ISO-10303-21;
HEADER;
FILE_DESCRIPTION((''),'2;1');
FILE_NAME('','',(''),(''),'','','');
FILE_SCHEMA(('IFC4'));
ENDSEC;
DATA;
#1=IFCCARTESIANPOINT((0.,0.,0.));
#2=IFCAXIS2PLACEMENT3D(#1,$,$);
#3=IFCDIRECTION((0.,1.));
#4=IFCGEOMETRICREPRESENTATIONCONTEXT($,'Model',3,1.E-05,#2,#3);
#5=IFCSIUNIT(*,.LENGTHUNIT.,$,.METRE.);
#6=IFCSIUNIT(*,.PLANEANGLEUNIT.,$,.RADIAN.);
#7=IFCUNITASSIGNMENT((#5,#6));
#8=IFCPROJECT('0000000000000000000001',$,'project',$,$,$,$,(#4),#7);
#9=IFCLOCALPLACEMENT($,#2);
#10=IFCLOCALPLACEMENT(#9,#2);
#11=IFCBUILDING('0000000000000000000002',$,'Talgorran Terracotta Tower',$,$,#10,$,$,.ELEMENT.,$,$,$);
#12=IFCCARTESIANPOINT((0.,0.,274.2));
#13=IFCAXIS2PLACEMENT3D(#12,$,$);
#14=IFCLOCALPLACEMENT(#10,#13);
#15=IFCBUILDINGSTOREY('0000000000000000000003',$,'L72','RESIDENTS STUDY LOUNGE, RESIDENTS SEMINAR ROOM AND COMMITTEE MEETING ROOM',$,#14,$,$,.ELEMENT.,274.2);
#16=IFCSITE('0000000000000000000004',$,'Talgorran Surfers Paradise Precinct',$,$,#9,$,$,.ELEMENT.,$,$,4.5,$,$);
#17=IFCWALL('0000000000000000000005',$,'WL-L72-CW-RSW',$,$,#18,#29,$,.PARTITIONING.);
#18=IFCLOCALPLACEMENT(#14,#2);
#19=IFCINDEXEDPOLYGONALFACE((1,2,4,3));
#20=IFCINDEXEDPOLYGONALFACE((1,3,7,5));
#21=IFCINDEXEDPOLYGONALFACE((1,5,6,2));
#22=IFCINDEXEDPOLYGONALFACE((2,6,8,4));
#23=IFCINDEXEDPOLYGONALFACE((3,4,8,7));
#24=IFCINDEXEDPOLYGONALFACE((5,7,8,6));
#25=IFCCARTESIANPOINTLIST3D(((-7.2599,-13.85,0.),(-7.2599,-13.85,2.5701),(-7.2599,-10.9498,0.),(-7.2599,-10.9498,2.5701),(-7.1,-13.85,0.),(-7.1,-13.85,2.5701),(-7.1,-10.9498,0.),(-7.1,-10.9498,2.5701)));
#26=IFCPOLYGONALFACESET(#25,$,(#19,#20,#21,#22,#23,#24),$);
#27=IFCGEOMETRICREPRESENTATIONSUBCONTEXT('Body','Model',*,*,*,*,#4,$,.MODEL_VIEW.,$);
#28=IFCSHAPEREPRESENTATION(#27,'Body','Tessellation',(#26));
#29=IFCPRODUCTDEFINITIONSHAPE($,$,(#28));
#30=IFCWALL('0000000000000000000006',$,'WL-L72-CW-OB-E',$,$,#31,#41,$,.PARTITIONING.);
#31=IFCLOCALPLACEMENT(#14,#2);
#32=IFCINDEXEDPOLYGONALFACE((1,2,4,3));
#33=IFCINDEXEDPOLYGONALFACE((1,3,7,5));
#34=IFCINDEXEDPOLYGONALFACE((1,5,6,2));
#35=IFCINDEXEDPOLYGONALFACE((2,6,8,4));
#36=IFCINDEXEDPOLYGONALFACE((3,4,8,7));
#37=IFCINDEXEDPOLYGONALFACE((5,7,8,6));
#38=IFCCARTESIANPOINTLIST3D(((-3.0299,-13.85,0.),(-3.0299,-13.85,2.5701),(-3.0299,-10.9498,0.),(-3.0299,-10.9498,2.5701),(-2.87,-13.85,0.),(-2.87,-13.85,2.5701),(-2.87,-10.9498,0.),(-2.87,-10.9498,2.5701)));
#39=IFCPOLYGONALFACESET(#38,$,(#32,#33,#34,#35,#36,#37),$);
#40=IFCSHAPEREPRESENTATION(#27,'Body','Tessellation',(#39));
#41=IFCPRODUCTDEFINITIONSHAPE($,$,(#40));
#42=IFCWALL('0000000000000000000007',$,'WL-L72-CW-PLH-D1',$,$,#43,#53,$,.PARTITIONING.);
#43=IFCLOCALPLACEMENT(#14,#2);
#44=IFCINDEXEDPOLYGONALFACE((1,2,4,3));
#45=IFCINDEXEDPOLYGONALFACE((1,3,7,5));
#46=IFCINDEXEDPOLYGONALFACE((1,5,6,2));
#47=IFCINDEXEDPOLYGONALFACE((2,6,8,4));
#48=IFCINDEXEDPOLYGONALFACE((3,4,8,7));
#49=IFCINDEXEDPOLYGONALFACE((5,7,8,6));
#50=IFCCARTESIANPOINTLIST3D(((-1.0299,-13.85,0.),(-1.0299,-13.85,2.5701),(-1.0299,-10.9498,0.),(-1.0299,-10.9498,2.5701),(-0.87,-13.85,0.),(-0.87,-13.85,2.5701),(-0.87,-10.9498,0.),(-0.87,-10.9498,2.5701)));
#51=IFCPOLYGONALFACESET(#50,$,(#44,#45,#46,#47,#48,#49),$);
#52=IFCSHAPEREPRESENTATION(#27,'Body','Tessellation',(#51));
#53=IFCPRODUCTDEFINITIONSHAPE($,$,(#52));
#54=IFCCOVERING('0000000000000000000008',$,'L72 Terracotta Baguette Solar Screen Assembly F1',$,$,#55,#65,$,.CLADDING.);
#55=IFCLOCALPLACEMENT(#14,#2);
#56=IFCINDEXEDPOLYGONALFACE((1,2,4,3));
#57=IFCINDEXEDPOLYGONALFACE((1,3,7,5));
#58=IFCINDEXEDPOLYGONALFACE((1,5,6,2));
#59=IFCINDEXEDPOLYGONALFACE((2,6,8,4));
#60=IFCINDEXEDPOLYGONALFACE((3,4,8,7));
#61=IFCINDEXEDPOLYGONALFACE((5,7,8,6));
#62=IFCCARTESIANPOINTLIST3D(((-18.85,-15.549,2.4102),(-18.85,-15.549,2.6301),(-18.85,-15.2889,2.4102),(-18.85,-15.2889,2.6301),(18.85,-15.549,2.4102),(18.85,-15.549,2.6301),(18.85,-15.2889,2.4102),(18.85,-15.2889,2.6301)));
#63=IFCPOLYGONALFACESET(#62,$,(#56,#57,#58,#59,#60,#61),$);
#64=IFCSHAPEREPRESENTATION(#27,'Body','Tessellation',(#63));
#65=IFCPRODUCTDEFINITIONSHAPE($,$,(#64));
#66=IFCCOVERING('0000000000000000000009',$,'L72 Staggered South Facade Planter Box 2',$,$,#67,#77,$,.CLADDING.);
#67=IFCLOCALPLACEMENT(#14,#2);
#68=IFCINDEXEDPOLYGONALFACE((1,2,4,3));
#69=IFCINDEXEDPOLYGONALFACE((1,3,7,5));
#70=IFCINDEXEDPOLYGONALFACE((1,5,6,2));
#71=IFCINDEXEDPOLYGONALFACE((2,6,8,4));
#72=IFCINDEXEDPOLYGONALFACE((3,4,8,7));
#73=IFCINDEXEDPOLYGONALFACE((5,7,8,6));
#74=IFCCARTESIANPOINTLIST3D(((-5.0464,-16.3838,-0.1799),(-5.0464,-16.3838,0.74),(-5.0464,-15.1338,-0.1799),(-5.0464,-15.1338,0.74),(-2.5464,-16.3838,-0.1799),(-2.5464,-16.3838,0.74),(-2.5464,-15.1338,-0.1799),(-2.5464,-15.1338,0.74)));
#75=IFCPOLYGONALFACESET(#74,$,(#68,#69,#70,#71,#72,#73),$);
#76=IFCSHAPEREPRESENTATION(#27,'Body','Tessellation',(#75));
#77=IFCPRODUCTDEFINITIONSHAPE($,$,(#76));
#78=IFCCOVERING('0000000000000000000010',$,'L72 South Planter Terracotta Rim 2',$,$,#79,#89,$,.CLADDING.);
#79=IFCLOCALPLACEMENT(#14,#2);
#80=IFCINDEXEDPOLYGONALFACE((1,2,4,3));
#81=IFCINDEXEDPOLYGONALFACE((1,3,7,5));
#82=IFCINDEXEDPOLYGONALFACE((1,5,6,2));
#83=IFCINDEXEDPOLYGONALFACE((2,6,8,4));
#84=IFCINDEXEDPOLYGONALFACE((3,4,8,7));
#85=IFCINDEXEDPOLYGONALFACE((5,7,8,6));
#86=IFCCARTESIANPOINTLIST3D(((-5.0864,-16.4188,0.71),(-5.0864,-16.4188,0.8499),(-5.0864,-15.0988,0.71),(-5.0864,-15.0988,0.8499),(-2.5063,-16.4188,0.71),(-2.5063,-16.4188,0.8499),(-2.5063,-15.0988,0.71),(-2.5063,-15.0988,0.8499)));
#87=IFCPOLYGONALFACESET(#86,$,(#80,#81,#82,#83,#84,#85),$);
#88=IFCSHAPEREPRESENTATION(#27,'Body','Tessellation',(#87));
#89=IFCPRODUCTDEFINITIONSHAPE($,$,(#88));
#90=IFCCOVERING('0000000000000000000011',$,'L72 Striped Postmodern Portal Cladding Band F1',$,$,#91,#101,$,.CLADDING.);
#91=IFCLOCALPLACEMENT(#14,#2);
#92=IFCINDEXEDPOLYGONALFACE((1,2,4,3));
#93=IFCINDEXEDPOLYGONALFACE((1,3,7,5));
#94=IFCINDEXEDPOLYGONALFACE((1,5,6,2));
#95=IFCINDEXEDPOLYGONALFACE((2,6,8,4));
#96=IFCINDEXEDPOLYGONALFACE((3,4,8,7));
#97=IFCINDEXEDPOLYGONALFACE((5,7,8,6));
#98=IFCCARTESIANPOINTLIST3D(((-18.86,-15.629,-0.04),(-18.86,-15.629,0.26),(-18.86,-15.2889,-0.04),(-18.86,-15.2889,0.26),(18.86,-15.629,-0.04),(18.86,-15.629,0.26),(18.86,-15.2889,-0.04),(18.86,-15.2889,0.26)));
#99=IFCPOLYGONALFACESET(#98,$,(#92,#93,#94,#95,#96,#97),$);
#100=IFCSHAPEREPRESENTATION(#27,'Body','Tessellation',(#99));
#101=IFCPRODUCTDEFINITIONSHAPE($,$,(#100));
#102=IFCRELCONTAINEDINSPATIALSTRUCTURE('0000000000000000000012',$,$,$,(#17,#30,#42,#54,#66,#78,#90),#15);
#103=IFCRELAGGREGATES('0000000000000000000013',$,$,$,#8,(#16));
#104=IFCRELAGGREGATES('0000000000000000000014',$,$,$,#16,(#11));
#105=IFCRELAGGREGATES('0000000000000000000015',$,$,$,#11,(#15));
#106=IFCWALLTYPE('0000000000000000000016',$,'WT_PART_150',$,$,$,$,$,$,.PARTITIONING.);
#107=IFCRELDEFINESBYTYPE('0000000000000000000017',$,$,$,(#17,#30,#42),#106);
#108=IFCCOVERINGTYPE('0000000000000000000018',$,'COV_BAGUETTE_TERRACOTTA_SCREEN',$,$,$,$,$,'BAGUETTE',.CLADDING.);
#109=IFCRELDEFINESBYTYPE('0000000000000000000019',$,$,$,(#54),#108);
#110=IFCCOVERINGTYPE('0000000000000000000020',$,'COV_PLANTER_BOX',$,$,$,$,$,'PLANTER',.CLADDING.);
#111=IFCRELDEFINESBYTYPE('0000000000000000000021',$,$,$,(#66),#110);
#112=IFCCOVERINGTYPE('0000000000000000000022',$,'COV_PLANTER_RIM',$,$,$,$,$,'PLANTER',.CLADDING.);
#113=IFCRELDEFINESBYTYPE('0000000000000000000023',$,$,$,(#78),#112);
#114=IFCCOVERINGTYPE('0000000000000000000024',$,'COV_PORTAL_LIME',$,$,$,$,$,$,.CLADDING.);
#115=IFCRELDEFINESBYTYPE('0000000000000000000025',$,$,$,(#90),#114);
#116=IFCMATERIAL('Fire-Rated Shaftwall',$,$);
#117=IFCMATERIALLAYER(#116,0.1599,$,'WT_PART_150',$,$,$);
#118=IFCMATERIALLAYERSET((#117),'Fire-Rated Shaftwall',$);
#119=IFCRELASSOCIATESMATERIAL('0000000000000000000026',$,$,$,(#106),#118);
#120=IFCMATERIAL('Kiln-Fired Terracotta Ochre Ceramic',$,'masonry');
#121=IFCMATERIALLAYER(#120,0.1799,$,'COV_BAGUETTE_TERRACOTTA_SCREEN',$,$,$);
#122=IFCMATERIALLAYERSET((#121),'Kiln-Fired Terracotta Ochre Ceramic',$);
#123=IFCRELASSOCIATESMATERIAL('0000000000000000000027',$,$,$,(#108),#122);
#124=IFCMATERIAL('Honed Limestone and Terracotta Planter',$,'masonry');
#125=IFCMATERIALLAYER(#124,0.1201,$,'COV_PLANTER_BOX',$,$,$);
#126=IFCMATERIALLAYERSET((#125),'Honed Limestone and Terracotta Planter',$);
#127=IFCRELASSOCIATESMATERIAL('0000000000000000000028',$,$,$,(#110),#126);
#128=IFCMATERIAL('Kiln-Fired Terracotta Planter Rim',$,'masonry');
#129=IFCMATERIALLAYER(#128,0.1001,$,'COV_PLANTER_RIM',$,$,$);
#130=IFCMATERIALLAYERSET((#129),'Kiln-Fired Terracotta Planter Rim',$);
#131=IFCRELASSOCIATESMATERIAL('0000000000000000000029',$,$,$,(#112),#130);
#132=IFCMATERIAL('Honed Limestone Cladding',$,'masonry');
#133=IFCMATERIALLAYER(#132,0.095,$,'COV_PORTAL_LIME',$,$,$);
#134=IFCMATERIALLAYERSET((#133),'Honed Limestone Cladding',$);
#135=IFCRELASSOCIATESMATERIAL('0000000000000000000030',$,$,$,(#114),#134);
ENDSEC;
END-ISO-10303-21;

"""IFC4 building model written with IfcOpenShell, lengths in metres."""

from ifc_helpers import new_model, si_unit, direction, frame, frame_2d, origin, origin_2d, place, context, subcontext, project, spatial, rectangle, extrude, material, layer, layer_set, type_object, element, save


model = new_model("IFC4")

# Units and contexts
model_context = context("Model", 3, precision=1e-05, world=origin(), true_north=direction((0.0, 1.0)))
body_context = subcontext(model_context, "Body", "Model", "MODEL_VIEW")
ifc_project = project(units=[si_unit("LENGTHUNIT", "METRE"), si_unit("PLANEANGLEUNIT", "RADIAN")], contexts=[model_context])

# Site, building, storey
site_placement = place(None, origin())
site = spatial("IfcSite", under=ifc_project, at=site_placement, Name="Talgorran Surfers Paradise Precinct", CompositionType="ELEMENT", RefElevation=4.5)
building_placement = place(site_placement, origin())
building = spatial("IfcBuilding", under=site, at=building_placement, Name="Talgorran Terracotta Tower", CompositionType="ELEMENT")
storey_placement = place(building_placement, frame((0.0, 0.0, 274.2)))
storey = spatial("IfcBuildingStorey", under=building, at=storey_placement, Name="L72", Description="RESIDENTS STUDY LOUNGE, RESIDENTS SEMINAR ROOM AND COMMITTEE MEETING ROOM", CompositionType="ELEMENT", Elevation=274.2)

# Walls
ifc_material_1 = material(Name="Fire-Rated Shaftwall")
ifc_layer_1 = layer(ifc_material_1, 0.1599, Name="WT_PART_150")
ifc_layer_set_1 = layer_set([ifc_layer_1], Name="Fire-Rated Shaftwall")
wall_type_1 = type_object("IfcWallType", Name="WT_PART_150", PredefinedType="PARTITIONING", material=ifc_layer_set_1)
for number, where, z_axis, x_axis, name in (
    (1, (-7.1799, -13.8501, 0.0), (0.0, 0.0, 1.0), (0.0, 1.0, 0.0), "WL-L72-CW-RSW"),
    (2, (-2.95, -13.8501, 0.0), (0.0, 0.0, 1.0), (0.0, 1.0, 0.0), "WL-L72-CW-OB-E"),
    (3, (-0.95, -13.8501, 0.0), (0.0, 0.0, 1.0), (0.0, 1.0, 0.0), "WL-L72-CW-PLH-D1"),
):
    element("IfcWall", number, at=place(storey_placement, frame(where, z_axis=z_axis, x_axis=x_axis)), inside=storey, type_object=wall_type_1, Name=name, PredefinedType="PARTITIONING", context=body_context, shape_type="SweptSolid", body=[
        extrude(rectangle(XDim=2.9001, YDim=0.1599, at=frame_2d((1.4502, 0.0))), origin(), (0.0, 0.0, 1.0), 2.5701),
    ])

# Coverings
ifc_material_2 = material(Name="Kiln-Fired Terracotta Ochre Ceramic", Category="masonry")
ifc_layer_2 = layer(ifc_material_2, 0.1799, Name="COV_BAGUETTE_TERRACOTTA_SCREEN")
ifc_layer_set_2 = layer_set([ifc_layer_2], Name="Kiln-Fired Terracotta Ochre Ceramic")
covering_type_1 = type_object("IfcCoveringType", Name="COV_BAGUETTE_TERRACOTTA_SCREEN", ElementType="BAGUETTE", PredefinedType="CLADDING", material=ifc_layer_set_2)
covering_1_placement = place(storey_placement, frame((0.0, -15.4189, 2.4102), z_axis=(0.0, 0.0, 1.0), x_axis=(1.0, 0.0, 0.0)))
element("IfcCovering", 4, at=covering_1_placement, inside=storey, type_object=covering_type_1, Name="L72 Terracotta Baguette Solar Screen Assembly F1", PredefinedType="CLADDING", context=body_context, shape_type="SweptSolid", body=[
    extrude(rectangle(XDim=37.7, YDim=0.26, at=origin_2d()), origin(), (0.0, 0.0, 1.0), 0.22),
])
ifc_material_3 = material(Name="Honed Limestone and Terracotta Planter", Category="masonry")
ifc_layer_3 = layer(ifc_material_3, 0.1201, Name="COV_PLANTER_BOX")
ifc_layer_set_3 = layer_set([ifc_layer_3], Name="Honed Limestone and Terracotta Planter")
covering_type_2 = type_object("IfcCoveringType", Name="COV_PLANTER_BOX", ElementType="PLANTER", PredefinedType="CLADDING", material=ifc_layer_set_3)
covering_2_placement = place(storey_placement, frame((-3.7964, -15.7588, -0.1799), z_axis=(0.0, 0.0, 1.0), x_axis=(1.0, 0.0, 0.0)))
element("IfcCovering", 5, at=covering_2_placement, inside=storey, type_object=covering_type_2, Name="L72 Staggered South Facade Planter Box 2", PredefinedType="CLADDING", context=body_context, shape_type="SweptSolid", body=[
    extrude(rectangle(XDim=2.5, YDim=1.25, at=origin_2d()), origin(), (0.0, 0.0, 1.0), 0.9199),
])
ifc_material_4 = material(Name="Kiln-Fired Terracotta Planter Rim", Category="masonry")
ifc_layer_4 = layer(ifc_material_4, 0.1001, Name="COV_PLANTER_RIM")
ifc_layer_set_4 = layer_set([ifc_layer_4], Name="Kiln-Fired Terracotta Planter Rim")
covering_type_3 = type_object("IfcCoveringType", Name="COV_PLANTER_RIM", ElementType="PLANTER", PredefinedType="CLADDING", material=ifc_layer_set_4)
covering_3_placement = place(storey_placement, frame((-3.7964, -15.7588, 0.71), z_axis=(0.0, 0.0, 1.0), x_axis=(1.0, 0.0, 0.0)))
element("IfcCovering", 6, at=covering_3_placement, inside=storey, type_object=covering_type_3, Name="L72 South Planter Terracotta Rim 2", PredefinedType="CLADDING", context=body_context, shape_type="SweptSolid", body=[
    extrude(rectangle(XDim=2.5801, YDim=1.3201, at=origin_2d()), origin(), (0.0, 0.0, 1.0), 0.1399),
])
ifc_material_5 = material(Name="Honed Limestone Cladding", Category="masonry")
ifc_layer_5 = layer(ifc_material_5, 0.095, Name="COV_PORTAL_LIME")
ifc_layer_set_5 = layer_set([ifc_layer_5], Name="Honed Limestone Cladding")
covering_type_4 = type_object("IfcCoveringType", Name="COV_PORTAL_LIME", PredefinedType="CLADDING", material=ifc_layer_set_5)
covering_4_placement = place(storey_placement, frame((0.0, -15.459, -0.04), z_axis=(0.0, 0.0, 1.0), x_axis=(1.0, 0.0, 0.0)))
element("IfcCovering", 7, at=covering_4_placement, inside=storey, type_object=covering_type_4, Name="L72 Striped Postmodern Portal Cladding Band F1", PredefinedType="CLADDING", context=body_context, shape_type="SweptSolid", body=[
    extrude(rectangle(XDim=37.72, YDim=0.3401, at=origin_2d()), origin(), (0.0, 0.0, 1.0), 0.3),
])

save(model, "model.ifc")
